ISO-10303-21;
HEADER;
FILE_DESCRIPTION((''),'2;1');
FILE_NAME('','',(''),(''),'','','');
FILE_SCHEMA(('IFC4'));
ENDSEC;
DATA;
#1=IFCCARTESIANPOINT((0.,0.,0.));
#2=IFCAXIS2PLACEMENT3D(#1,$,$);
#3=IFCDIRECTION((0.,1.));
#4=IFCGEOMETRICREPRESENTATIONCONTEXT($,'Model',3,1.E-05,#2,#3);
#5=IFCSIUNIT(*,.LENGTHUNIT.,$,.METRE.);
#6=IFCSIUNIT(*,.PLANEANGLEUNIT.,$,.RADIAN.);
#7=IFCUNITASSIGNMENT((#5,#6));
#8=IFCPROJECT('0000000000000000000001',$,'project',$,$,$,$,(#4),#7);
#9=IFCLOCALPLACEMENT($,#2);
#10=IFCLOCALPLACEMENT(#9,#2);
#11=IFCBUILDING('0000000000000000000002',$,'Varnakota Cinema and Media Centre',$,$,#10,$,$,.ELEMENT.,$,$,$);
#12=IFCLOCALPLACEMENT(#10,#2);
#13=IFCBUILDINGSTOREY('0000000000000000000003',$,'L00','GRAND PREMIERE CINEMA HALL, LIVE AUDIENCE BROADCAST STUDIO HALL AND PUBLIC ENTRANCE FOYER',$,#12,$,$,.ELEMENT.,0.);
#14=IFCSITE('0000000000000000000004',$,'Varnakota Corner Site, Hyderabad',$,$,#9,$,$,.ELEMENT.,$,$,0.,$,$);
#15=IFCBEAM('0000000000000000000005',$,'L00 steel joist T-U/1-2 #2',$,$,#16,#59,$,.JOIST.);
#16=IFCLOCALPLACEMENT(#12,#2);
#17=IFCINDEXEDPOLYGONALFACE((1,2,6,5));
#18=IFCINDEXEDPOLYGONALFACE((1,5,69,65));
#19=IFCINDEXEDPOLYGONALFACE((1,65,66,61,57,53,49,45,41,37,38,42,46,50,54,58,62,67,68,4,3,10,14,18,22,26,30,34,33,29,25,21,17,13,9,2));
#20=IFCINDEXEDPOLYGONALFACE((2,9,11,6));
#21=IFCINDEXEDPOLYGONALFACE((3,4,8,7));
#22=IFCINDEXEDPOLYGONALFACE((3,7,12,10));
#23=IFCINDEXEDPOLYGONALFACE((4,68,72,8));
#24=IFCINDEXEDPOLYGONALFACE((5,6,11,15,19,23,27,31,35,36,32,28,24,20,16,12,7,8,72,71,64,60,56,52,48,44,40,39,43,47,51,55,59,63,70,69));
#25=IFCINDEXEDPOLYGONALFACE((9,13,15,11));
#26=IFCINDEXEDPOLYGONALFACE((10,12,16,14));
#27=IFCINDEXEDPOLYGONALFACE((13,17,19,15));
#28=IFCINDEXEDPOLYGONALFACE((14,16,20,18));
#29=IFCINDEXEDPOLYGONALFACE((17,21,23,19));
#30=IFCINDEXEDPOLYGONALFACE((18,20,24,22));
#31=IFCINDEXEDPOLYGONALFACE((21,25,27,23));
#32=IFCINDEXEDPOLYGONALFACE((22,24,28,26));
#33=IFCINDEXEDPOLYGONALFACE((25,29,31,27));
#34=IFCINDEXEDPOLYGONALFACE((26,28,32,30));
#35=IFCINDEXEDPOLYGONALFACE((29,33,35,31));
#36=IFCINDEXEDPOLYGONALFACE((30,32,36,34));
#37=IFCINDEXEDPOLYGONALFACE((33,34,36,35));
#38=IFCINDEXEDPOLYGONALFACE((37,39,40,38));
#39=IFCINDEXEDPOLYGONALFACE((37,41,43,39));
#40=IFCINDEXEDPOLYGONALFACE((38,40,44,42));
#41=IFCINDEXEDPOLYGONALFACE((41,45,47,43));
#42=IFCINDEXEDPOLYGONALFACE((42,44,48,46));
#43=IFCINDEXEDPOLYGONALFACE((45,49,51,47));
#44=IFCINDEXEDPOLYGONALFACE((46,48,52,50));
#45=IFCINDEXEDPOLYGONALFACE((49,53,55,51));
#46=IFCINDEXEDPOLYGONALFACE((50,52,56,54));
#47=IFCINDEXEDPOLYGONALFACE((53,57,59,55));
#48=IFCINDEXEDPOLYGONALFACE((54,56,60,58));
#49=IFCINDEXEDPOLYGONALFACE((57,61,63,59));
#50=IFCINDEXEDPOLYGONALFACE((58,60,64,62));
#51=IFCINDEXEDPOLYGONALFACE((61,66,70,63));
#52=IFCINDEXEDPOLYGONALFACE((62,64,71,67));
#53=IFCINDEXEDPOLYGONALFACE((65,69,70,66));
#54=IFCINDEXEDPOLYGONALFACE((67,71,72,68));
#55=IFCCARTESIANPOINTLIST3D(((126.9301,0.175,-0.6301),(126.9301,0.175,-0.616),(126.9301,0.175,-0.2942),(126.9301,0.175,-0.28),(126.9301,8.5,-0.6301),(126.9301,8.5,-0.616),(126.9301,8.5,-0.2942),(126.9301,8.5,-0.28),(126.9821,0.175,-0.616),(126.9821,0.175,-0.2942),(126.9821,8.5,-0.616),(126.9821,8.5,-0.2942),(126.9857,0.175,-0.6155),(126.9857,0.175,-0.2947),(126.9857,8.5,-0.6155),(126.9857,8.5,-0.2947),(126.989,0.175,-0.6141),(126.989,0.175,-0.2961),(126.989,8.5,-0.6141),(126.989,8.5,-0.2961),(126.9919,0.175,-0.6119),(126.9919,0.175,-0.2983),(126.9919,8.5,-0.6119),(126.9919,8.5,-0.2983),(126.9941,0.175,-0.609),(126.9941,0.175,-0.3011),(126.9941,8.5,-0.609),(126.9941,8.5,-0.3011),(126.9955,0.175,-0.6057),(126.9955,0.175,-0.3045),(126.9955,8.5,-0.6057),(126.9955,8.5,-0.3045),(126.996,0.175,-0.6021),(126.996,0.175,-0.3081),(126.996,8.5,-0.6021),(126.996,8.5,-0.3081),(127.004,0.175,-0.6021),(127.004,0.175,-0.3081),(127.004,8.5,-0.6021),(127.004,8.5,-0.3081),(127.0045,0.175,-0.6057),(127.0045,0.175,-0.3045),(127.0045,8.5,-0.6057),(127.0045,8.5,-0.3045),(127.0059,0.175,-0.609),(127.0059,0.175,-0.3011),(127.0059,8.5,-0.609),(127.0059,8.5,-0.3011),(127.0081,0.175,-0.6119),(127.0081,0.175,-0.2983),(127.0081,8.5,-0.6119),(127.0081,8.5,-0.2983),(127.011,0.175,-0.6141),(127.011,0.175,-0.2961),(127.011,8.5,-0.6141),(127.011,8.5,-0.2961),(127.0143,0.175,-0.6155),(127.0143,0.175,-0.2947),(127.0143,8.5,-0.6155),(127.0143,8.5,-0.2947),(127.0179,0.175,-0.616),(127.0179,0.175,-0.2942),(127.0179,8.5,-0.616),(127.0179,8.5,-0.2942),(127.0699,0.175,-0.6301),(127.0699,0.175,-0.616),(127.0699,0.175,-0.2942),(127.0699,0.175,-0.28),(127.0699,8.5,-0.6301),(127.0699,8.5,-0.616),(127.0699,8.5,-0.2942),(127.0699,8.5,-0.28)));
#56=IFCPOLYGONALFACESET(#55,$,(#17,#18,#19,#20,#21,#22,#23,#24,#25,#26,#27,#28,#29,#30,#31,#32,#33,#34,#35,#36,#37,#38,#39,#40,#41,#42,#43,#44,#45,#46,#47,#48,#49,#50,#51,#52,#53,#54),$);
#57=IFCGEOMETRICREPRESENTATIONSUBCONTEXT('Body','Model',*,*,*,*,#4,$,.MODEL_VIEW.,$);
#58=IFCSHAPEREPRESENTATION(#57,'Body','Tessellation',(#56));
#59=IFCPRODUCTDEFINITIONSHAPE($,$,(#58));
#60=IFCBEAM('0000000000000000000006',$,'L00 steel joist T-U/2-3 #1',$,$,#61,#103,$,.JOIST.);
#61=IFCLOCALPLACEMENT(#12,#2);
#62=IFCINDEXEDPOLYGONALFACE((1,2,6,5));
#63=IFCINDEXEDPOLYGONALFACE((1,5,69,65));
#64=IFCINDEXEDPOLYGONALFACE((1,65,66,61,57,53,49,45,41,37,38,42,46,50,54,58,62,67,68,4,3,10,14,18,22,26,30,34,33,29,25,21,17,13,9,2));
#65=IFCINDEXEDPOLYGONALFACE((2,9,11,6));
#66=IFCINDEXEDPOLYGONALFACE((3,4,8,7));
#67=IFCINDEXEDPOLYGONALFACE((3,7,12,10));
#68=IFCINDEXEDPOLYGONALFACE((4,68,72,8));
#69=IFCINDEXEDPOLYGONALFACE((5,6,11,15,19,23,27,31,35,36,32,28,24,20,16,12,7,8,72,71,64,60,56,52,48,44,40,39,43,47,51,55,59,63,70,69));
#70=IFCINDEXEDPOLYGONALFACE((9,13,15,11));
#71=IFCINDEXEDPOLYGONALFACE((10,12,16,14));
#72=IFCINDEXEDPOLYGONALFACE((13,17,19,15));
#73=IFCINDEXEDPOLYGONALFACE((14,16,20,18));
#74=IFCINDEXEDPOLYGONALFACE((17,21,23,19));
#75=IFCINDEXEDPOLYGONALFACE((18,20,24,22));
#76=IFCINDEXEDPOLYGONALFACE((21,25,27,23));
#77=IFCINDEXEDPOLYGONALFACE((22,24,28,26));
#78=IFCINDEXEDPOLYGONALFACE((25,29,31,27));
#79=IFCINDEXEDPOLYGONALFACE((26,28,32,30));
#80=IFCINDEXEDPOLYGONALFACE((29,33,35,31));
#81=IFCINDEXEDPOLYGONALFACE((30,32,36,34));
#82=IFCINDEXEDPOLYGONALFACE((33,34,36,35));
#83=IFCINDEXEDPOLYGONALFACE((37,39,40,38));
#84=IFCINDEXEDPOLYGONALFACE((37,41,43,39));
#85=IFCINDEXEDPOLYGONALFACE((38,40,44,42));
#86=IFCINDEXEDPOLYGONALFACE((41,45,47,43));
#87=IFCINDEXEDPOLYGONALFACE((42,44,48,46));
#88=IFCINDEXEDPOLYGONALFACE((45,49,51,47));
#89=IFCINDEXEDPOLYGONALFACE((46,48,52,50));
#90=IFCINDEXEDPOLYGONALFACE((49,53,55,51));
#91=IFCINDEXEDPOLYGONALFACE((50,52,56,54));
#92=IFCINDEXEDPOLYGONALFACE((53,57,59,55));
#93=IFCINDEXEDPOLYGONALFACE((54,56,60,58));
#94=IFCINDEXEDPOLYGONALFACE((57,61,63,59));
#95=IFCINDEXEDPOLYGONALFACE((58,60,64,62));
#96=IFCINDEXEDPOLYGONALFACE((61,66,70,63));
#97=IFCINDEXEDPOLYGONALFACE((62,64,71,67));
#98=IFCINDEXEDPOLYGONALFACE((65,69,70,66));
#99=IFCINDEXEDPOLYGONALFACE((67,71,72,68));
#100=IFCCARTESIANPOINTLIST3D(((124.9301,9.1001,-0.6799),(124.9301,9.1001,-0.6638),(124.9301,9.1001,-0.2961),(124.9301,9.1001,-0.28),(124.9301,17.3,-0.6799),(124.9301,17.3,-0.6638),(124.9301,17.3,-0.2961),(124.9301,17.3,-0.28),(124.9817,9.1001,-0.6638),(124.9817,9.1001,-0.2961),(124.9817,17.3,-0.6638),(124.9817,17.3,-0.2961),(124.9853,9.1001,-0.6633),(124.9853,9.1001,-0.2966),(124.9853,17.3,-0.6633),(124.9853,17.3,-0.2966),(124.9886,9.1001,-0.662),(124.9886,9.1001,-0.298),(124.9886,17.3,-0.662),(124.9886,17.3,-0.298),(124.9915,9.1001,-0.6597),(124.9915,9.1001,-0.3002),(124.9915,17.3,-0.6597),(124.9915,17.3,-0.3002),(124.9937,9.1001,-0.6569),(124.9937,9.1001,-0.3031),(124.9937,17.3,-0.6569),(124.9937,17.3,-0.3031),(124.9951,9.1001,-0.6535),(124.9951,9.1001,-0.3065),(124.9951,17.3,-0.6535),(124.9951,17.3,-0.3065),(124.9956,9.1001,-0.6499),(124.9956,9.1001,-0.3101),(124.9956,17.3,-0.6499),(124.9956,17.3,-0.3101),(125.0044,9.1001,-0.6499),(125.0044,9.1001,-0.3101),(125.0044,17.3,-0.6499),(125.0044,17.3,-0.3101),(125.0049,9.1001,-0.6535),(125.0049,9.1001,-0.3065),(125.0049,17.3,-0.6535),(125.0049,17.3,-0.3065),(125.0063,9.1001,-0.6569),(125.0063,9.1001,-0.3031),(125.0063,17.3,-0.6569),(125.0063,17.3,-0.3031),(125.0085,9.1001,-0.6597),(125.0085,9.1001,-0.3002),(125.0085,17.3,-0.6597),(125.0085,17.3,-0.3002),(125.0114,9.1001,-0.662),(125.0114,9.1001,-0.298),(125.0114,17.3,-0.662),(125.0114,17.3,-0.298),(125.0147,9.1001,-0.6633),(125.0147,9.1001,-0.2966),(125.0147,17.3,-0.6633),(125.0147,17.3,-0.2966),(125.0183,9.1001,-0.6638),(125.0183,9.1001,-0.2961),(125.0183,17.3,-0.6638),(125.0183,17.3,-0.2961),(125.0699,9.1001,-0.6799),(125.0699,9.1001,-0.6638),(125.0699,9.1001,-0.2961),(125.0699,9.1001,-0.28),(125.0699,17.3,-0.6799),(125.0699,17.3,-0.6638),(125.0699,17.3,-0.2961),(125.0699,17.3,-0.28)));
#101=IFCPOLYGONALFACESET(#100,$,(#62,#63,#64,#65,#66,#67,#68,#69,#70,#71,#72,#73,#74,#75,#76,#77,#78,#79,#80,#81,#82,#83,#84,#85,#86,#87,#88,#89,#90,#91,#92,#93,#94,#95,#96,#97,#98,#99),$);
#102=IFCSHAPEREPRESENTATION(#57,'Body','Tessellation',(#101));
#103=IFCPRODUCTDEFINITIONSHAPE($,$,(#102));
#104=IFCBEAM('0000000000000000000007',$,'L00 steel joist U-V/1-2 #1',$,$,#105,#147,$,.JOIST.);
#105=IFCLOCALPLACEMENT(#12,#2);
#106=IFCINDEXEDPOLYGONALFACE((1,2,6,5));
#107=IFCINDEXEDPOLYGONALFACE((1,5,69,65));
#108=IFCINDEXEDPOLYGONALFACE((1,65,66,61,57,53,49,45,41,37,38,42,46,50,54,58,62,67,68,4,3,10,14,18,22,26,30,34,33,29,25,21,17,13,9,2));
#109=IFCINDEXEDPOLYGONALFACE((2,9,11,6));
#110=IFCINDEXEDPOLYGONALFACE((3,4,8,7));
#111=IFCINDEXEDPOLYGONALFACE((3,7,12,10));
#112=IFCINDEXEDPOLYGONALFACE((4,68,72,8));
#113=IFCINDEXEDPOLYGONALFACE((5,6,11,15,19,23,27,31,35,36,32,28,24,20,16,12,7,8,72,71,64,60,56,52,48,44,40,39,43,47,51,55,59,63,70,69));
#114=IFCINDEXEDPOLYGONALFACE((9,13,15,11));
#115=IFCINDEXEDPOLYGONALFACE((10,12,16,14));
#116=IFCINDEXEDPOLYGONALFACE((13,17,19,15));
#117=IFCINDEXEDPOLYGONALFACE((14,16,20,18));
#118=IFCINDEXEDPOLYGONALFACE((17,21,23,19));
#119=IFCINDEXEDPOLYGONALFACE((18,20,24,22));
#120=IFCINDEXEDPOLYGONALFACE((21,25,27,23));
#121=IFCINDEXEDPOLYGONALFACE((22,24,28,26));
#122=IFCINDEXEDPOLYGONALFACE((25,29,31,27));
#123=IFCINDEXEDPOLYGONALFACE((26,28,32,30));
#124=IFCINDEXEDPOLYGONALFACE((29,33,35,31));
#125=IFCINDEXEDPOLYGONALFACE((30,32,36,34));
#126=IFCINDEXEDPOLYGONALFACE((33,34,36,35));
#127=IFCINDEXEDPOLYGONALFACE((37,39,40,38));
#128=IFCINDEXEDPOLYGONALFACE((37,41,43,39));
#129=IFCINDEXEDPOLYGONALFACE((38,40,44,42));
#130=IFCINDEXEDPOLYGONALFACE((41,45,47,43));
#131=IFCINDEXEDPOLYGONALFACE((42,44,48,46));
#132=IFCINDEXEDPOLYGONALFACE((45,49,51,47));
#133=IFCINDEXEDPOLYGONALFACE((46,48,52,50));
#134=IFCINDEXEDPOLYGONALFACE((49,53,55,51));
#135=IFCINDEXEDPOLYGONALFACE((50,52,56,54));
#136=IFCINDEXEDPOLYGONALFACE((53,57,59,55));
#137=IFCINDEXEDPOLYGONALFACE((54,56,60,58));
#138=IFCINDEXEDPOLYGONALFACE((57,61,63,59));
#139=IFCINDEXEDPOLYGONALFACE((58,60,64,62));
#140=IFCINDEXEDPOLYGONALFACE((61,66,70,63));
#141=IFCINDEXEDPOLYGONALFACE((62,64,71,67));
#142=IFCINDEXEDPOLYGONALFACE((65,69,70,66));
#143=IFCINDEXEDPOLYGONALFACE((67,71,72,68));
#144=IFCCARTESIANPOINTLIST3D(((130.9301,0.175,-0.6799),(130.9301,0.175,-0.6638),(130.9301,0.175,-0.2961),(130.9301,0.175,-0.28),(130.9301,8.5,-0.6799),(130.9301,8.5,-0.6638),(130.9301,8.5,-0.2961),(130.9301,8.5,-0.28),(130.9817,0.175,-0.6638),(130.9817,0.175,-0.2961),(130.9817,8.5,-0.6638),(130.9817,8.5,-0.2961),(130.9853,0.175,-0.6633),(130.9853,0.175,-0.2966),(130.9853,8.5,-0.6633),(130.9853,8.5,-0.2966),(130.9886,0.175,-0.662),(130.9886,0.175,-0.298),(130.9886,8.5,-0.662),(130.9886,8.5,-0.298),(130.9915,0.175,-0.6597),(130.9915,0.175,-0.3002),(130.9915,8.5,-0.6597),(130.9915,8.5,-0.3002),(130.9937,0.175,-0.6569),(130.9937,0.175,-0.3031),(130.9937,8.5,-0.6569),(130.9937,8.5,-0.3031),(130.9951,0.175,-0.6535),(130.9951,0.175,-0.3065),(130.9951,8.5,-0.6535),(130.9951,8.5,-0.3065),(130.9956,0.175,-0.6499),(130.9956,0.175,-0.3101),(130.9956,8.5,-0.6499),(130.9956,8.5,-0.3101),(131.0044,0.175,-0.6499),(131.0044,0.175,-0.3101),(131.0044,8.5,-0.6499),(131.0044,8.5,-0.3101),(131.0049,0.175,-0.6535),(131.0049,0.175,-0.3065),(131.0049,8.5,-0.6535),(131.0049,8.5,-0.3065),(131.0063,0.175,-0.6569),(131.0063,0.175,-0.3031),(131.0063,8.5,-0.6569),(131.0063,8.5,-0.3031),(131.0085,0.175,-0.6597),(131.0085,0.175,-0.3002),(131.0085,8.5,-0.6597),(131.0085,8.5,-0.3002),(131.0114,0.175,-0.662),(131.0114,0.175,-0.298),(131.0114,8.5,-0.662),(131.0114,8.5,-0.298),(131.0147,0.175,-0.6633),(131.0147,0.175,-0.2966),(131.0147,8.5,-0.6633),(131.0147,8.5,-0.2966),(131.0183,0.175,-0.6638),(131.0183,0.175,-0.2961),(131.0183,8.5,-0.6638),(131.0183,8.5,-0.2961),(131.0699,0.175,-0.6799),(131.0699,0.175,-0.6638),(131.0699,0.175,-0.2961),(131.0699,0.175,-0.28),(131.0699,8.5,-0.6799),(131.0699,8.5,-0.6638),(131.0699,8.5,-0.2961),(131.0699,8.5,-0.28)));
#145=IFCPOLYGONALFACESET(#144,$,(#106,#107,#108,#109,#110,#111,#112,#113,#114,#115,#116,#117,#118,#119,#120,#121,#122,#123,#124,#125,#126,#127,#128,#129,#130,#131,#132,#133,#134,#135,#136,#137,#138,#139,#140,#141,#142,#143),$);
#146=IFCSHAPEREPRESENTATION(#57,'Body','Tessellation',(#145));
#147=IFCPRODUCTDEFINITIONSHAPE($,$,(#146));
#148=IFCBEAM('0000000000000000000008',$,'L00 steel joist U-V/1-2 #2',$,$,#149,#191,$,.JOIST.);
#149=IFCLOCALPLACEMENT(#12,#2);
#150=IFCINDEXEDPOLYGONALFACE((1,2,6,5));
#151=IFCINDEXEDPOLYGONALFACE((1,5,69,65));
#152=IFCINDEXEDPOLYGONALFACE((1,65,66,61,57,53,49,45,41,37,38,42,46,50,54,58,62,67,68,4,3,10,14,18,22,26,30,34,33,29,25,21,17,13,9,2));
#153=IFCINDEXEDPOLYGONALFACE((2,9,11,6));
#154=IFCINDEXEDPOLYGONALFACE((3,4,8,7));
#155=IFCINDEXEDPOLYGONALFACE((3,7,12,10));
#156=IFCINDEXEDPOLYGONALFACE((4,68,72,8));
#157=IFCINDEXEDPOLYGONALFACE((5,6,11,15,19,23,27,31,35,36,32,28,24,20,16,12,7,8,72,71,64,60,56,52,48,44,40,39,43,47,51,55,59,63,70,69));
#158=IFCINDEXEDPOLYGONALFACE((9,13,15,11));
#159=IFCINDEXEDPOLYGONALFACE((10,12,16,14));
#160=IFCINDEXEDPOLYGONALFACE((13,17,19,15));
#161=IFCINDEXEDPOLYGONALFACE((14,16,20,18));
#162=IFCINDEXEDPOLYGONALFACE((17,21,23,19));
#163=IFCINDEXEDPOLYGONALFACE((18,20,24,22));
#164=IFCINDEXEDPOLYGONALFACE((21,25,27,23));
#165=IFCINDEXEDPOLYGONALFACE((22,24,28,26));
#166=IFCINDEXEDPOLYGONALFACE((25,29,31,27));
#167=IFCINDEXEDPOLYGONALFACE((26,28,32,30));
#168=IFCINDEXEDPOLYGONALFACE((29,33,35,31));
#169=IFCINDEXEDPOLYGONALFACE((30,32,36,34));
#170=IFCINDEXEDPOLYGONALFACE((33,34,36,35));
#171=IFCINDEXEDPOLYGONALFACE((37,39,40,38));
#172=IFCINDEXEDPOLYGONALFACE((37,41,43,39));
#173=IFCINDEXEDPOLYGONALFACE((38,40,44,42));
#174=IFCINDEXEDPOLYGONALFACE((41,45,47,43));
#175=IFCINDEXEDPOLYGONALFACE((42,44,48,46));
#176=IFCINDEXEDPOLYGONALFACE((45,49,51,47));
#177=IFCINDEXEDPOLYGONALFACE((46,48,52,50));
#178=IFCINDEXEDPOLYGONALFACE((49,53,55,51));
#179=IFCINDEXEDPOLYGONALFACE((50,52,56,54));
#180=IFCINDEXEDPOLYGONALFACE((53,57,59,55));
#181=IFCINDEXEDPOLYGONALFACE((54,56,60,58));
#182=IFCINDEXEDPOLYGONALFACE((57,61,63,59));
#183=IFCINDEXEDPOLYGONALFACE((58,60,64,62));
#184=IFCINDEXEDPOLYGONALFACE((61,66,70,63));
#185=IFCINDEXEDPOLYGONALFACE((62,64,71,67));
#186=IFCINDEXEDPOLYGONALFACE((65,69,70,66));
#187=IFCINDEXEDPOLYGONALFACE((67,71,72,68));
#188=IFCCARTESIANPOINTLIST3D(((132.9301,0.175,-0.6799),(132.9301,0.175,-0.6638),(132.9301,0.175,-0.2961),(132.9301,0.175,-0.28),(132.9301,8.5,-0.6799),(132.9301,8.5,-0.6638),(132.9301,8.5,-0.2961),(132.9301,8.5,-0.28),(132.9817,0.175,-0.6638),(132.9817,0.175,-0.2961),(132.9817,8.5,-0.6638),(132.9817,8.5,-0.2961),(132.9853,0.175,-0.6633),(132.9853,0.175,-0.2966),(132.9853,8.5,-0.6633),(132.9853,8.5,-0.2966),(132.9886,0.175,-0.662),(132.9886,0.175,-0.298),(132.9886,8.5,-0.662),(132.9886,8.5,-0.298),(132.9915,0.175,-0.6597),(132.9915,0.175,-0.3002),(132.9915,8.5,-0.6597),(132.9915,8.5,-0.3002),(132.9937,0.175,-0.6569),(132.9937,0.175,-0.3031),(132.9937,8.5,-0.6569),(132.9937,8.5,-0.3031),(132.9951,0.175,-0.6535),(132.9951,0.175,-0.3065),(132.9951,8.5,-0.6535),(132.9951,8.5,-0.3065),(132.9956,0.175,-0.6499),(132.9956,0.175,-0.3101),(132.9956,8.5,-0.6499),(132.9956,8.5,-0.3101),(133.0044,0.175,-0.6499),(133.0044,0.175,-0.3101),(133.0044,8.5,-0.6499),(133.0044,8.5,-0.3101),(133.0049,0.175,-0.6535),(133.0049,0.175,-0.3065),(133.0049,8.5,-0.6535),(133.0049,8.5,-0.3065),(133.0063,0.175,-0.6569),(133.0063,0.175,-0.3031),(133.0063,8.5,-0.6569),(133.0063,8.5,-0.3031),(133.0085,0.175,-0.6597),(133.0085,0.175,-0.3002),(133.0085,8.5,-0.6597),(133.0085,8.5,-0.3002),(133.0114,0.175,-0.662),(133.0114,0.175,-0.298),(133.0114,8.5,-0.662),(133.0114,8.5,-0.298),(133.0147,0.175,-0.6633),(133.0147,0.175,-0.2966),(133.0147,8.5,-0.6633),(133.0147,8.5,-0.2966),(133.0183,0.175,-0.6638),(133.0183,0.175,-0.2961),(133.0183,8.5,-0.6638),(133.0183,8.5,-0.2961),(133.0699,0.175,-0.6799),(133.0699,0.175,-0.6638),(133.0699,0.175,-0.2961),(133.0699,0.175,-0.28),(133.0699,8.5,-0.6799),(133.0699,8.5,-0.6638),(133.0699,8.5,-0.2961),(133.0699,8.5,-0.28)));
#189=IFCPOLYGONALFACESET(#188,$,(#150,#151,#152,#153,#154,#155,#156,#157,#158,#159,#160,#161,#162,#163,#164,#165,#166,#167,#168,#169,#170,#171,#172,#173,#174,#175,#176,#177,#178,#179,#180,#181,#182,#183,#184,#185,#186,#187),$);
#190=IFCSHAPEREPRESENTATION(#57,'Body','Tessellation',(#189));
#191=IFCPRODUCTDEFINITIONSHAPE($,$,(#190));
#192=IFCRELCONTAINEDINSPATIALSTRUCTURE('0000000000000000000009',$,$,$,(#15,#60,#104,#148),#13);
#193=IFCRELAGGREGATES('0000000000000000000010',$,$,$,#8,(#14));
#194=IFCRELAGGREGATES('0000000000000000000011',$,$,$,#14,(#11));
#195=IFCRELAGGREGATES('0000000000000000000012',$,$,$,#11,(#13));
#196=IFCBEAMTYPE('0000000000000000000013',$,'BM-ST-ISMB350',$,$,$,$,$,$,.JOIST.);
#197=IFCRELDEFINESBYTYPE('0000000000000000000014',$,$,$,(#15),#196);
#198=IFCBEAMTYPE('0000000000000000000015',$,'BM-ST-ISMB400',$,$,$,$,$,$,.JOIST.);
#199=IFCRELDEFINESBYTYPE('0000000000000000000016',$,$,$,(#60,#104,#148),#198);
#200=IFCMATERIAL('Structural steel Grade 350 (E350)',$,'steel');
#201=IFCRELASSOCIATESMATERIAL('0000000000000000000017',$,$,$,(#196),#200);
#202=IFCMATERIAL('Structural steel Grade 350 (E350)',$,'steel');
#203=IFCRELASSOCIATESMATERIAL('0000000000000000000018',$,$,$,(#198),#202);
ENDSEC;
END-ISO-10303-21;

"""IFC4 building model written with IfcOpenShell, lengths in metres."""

from ifc_helpers import new_model, si_unit, direction, frame, origin, origin_2d, place, context, subcontext, project, spatial, i_section, extrude, material, material_profile, profile_set, type_object, element, save


model = new_model("IFC4")

# Units and contexts
model_context = context("Model", 3, precision=1e-05, world=origin(), true_north=direction((0.0, 1.0)))
body_context = subcontext(model_context, "Body", "Model", "MODEL_VIEW")
ifc_project = project(units=[si_unit("LENGTHUNIT", "METRE"), si_unit("PLANEANGLEUNIT", "RADIAN")], contexts=[model_context])

# Site, building, storey
site_placement = place(None, origin())
site = spatial("IfcSite", under=ifc_project, at=site_placement, Name="Varnakota Corner Site, Hyderabad", CompositionType="ELEMENT", RefElevation=0.0)
building_placement = place(site_placement, origin())
building = spatial("IfcBuilding", under=site, at=building_placement, Name="Varnakota Cinema and Media Centre", CompositionType="ELEMENT")
storey_placement = place(building_placement, origin())
storey = spatial("IfcBuildingStorey", under=building, at=storey_placement, Name="L00", Description="GRAND PREMIERE CINEMA HALL, LIVE AUDIENCE BROADCAST STUDIO HALL AND PUBLIC ENTRANCE FOYER", CompositionType="ELEMENT", Elevation=0.0)

# Beams
ifc_material_1 = material(Name="Structural steel Grade 350 (E350)", Category="steel")
ifc_material_profile_1 = material_profile(ifc_material_1, i_section(OverallWidth=0.1399, OverallDepth=0.3501, WebThickness=0.0081, FlangeThickness=0.0142, FilletRadius=0.0139, at=origin_2d()), Name="ISMB 350")
ifc_profile_set_1 = profile_set([ifc_material_profile_1], Name="Structural steel Grade 350 (E350)")
beam_type_1 = type_object("IfcBeamType", Name="BM-ST-ISMB350", PredefinedType="JOIST", material=ifc_profile_set_1)
for number, where, z_axis, x_axis, name in (
    (1, (127.0, 0.175, -0.4551), (0.0, 1.0, 0.0), (-1.0, 0.0, 0.0), "L00 steel joist T-U/1-2 #2"),
):
    element("IfcBeam", number, at=place(storey_placement, frame(where, z_axis=z_axis, x_axis=x_axis)), inside=storey, type_object=beam_type_1, Name=name, PredefinedType="JOIST", context=body_context, shape_type="SweptSolid", body=[
        extrude(i_section(OverallWidth=0.1399, OverallDepth=0.3501, WebThickness=0.0081, FlangeThickness=0.0142, FilletRadius=0.0139, at=origin_2d()), origin(), (0.0, 0.0, 1.0), 8.325),
    ])
ifc_material_2 = material(Name="Structural steel Grade 350 (E350)", Category="steel")
ifc_material_profile_2 = material_profile(ifc_material_2, i_section(OverallWidth=0.1399, OverallDepth=0.3999, WebThickness=0.0088, FlangeThickness=0.0161, FilletRadius=0.0139, at=origin_2d()), Name="ISMB 400")
ifc_profile_set_2 = profile_set([ifc_material_profile_2], Name="Structural steel Grade 350 (E350)")
beam_type_2 = type_object("IfcBeamType", Name="BM-ST-ISMB400", PredefinedType="JOIST", material=ifc_profile_set_2)
beam_1_placement = place(storey_placement, frame((125.0, 9.1001, -0.48), z_axis=(0.0, 1.0, 0.0), x_axis=(-1.0, 0.0, 0.0)))
element("IfcBeam", 2, at=beam_1_placement, inside=storey, type_object=beam_type_2, Name="L00 steel joist T-U/2-3 #1", PredefinedType="JOIST", context=body_context, shape_type="SweptSolid", body=[
    extrude(i_section(OverallWidth=0.1399, OverallDepth=0.3999, WebThickness=0.0088, FlangeThickness=0.0161, FilletRadius=0.0139, at=origin_2d()), origin(), (0.0, 0.0, 1.0), 8.2),
])
for number, where, z_axis, x_axis, name in (
    (3, (131.0, 0.175, -0.48), (0.0, 1.0, 0.0), (-1.0, 0.0, 0.0), "L00 steel joist U-V/1-2 #1"),
    (4, (133.0, 0.175, -0.48), (0.0, 1.0, 0.0), (-1.0, 0.0, 0.0), "L00 steel joist U-V/1-2 #2"),
):
    element("IfcBeam", number, at=place(storey_placement, frame(where, z_axis=z_axis, x_axis=x_axis)), inside=storey, type_object=beam_type_2, Name=name, PredefinedType="JOIST", context=body_context, shape_type="SweptSolid", body=[
        extrude(i_section(OverallWidth=0.1399, OverallDepth=0.3999, WebThickness=0.0088, FlangeThickness=0.0161, FilletRadius=0.0139, at=origin_2d()), origin(), (0.0, 0.0, 1.0), 8.325),
    ])

save(model, "model.ifc")
